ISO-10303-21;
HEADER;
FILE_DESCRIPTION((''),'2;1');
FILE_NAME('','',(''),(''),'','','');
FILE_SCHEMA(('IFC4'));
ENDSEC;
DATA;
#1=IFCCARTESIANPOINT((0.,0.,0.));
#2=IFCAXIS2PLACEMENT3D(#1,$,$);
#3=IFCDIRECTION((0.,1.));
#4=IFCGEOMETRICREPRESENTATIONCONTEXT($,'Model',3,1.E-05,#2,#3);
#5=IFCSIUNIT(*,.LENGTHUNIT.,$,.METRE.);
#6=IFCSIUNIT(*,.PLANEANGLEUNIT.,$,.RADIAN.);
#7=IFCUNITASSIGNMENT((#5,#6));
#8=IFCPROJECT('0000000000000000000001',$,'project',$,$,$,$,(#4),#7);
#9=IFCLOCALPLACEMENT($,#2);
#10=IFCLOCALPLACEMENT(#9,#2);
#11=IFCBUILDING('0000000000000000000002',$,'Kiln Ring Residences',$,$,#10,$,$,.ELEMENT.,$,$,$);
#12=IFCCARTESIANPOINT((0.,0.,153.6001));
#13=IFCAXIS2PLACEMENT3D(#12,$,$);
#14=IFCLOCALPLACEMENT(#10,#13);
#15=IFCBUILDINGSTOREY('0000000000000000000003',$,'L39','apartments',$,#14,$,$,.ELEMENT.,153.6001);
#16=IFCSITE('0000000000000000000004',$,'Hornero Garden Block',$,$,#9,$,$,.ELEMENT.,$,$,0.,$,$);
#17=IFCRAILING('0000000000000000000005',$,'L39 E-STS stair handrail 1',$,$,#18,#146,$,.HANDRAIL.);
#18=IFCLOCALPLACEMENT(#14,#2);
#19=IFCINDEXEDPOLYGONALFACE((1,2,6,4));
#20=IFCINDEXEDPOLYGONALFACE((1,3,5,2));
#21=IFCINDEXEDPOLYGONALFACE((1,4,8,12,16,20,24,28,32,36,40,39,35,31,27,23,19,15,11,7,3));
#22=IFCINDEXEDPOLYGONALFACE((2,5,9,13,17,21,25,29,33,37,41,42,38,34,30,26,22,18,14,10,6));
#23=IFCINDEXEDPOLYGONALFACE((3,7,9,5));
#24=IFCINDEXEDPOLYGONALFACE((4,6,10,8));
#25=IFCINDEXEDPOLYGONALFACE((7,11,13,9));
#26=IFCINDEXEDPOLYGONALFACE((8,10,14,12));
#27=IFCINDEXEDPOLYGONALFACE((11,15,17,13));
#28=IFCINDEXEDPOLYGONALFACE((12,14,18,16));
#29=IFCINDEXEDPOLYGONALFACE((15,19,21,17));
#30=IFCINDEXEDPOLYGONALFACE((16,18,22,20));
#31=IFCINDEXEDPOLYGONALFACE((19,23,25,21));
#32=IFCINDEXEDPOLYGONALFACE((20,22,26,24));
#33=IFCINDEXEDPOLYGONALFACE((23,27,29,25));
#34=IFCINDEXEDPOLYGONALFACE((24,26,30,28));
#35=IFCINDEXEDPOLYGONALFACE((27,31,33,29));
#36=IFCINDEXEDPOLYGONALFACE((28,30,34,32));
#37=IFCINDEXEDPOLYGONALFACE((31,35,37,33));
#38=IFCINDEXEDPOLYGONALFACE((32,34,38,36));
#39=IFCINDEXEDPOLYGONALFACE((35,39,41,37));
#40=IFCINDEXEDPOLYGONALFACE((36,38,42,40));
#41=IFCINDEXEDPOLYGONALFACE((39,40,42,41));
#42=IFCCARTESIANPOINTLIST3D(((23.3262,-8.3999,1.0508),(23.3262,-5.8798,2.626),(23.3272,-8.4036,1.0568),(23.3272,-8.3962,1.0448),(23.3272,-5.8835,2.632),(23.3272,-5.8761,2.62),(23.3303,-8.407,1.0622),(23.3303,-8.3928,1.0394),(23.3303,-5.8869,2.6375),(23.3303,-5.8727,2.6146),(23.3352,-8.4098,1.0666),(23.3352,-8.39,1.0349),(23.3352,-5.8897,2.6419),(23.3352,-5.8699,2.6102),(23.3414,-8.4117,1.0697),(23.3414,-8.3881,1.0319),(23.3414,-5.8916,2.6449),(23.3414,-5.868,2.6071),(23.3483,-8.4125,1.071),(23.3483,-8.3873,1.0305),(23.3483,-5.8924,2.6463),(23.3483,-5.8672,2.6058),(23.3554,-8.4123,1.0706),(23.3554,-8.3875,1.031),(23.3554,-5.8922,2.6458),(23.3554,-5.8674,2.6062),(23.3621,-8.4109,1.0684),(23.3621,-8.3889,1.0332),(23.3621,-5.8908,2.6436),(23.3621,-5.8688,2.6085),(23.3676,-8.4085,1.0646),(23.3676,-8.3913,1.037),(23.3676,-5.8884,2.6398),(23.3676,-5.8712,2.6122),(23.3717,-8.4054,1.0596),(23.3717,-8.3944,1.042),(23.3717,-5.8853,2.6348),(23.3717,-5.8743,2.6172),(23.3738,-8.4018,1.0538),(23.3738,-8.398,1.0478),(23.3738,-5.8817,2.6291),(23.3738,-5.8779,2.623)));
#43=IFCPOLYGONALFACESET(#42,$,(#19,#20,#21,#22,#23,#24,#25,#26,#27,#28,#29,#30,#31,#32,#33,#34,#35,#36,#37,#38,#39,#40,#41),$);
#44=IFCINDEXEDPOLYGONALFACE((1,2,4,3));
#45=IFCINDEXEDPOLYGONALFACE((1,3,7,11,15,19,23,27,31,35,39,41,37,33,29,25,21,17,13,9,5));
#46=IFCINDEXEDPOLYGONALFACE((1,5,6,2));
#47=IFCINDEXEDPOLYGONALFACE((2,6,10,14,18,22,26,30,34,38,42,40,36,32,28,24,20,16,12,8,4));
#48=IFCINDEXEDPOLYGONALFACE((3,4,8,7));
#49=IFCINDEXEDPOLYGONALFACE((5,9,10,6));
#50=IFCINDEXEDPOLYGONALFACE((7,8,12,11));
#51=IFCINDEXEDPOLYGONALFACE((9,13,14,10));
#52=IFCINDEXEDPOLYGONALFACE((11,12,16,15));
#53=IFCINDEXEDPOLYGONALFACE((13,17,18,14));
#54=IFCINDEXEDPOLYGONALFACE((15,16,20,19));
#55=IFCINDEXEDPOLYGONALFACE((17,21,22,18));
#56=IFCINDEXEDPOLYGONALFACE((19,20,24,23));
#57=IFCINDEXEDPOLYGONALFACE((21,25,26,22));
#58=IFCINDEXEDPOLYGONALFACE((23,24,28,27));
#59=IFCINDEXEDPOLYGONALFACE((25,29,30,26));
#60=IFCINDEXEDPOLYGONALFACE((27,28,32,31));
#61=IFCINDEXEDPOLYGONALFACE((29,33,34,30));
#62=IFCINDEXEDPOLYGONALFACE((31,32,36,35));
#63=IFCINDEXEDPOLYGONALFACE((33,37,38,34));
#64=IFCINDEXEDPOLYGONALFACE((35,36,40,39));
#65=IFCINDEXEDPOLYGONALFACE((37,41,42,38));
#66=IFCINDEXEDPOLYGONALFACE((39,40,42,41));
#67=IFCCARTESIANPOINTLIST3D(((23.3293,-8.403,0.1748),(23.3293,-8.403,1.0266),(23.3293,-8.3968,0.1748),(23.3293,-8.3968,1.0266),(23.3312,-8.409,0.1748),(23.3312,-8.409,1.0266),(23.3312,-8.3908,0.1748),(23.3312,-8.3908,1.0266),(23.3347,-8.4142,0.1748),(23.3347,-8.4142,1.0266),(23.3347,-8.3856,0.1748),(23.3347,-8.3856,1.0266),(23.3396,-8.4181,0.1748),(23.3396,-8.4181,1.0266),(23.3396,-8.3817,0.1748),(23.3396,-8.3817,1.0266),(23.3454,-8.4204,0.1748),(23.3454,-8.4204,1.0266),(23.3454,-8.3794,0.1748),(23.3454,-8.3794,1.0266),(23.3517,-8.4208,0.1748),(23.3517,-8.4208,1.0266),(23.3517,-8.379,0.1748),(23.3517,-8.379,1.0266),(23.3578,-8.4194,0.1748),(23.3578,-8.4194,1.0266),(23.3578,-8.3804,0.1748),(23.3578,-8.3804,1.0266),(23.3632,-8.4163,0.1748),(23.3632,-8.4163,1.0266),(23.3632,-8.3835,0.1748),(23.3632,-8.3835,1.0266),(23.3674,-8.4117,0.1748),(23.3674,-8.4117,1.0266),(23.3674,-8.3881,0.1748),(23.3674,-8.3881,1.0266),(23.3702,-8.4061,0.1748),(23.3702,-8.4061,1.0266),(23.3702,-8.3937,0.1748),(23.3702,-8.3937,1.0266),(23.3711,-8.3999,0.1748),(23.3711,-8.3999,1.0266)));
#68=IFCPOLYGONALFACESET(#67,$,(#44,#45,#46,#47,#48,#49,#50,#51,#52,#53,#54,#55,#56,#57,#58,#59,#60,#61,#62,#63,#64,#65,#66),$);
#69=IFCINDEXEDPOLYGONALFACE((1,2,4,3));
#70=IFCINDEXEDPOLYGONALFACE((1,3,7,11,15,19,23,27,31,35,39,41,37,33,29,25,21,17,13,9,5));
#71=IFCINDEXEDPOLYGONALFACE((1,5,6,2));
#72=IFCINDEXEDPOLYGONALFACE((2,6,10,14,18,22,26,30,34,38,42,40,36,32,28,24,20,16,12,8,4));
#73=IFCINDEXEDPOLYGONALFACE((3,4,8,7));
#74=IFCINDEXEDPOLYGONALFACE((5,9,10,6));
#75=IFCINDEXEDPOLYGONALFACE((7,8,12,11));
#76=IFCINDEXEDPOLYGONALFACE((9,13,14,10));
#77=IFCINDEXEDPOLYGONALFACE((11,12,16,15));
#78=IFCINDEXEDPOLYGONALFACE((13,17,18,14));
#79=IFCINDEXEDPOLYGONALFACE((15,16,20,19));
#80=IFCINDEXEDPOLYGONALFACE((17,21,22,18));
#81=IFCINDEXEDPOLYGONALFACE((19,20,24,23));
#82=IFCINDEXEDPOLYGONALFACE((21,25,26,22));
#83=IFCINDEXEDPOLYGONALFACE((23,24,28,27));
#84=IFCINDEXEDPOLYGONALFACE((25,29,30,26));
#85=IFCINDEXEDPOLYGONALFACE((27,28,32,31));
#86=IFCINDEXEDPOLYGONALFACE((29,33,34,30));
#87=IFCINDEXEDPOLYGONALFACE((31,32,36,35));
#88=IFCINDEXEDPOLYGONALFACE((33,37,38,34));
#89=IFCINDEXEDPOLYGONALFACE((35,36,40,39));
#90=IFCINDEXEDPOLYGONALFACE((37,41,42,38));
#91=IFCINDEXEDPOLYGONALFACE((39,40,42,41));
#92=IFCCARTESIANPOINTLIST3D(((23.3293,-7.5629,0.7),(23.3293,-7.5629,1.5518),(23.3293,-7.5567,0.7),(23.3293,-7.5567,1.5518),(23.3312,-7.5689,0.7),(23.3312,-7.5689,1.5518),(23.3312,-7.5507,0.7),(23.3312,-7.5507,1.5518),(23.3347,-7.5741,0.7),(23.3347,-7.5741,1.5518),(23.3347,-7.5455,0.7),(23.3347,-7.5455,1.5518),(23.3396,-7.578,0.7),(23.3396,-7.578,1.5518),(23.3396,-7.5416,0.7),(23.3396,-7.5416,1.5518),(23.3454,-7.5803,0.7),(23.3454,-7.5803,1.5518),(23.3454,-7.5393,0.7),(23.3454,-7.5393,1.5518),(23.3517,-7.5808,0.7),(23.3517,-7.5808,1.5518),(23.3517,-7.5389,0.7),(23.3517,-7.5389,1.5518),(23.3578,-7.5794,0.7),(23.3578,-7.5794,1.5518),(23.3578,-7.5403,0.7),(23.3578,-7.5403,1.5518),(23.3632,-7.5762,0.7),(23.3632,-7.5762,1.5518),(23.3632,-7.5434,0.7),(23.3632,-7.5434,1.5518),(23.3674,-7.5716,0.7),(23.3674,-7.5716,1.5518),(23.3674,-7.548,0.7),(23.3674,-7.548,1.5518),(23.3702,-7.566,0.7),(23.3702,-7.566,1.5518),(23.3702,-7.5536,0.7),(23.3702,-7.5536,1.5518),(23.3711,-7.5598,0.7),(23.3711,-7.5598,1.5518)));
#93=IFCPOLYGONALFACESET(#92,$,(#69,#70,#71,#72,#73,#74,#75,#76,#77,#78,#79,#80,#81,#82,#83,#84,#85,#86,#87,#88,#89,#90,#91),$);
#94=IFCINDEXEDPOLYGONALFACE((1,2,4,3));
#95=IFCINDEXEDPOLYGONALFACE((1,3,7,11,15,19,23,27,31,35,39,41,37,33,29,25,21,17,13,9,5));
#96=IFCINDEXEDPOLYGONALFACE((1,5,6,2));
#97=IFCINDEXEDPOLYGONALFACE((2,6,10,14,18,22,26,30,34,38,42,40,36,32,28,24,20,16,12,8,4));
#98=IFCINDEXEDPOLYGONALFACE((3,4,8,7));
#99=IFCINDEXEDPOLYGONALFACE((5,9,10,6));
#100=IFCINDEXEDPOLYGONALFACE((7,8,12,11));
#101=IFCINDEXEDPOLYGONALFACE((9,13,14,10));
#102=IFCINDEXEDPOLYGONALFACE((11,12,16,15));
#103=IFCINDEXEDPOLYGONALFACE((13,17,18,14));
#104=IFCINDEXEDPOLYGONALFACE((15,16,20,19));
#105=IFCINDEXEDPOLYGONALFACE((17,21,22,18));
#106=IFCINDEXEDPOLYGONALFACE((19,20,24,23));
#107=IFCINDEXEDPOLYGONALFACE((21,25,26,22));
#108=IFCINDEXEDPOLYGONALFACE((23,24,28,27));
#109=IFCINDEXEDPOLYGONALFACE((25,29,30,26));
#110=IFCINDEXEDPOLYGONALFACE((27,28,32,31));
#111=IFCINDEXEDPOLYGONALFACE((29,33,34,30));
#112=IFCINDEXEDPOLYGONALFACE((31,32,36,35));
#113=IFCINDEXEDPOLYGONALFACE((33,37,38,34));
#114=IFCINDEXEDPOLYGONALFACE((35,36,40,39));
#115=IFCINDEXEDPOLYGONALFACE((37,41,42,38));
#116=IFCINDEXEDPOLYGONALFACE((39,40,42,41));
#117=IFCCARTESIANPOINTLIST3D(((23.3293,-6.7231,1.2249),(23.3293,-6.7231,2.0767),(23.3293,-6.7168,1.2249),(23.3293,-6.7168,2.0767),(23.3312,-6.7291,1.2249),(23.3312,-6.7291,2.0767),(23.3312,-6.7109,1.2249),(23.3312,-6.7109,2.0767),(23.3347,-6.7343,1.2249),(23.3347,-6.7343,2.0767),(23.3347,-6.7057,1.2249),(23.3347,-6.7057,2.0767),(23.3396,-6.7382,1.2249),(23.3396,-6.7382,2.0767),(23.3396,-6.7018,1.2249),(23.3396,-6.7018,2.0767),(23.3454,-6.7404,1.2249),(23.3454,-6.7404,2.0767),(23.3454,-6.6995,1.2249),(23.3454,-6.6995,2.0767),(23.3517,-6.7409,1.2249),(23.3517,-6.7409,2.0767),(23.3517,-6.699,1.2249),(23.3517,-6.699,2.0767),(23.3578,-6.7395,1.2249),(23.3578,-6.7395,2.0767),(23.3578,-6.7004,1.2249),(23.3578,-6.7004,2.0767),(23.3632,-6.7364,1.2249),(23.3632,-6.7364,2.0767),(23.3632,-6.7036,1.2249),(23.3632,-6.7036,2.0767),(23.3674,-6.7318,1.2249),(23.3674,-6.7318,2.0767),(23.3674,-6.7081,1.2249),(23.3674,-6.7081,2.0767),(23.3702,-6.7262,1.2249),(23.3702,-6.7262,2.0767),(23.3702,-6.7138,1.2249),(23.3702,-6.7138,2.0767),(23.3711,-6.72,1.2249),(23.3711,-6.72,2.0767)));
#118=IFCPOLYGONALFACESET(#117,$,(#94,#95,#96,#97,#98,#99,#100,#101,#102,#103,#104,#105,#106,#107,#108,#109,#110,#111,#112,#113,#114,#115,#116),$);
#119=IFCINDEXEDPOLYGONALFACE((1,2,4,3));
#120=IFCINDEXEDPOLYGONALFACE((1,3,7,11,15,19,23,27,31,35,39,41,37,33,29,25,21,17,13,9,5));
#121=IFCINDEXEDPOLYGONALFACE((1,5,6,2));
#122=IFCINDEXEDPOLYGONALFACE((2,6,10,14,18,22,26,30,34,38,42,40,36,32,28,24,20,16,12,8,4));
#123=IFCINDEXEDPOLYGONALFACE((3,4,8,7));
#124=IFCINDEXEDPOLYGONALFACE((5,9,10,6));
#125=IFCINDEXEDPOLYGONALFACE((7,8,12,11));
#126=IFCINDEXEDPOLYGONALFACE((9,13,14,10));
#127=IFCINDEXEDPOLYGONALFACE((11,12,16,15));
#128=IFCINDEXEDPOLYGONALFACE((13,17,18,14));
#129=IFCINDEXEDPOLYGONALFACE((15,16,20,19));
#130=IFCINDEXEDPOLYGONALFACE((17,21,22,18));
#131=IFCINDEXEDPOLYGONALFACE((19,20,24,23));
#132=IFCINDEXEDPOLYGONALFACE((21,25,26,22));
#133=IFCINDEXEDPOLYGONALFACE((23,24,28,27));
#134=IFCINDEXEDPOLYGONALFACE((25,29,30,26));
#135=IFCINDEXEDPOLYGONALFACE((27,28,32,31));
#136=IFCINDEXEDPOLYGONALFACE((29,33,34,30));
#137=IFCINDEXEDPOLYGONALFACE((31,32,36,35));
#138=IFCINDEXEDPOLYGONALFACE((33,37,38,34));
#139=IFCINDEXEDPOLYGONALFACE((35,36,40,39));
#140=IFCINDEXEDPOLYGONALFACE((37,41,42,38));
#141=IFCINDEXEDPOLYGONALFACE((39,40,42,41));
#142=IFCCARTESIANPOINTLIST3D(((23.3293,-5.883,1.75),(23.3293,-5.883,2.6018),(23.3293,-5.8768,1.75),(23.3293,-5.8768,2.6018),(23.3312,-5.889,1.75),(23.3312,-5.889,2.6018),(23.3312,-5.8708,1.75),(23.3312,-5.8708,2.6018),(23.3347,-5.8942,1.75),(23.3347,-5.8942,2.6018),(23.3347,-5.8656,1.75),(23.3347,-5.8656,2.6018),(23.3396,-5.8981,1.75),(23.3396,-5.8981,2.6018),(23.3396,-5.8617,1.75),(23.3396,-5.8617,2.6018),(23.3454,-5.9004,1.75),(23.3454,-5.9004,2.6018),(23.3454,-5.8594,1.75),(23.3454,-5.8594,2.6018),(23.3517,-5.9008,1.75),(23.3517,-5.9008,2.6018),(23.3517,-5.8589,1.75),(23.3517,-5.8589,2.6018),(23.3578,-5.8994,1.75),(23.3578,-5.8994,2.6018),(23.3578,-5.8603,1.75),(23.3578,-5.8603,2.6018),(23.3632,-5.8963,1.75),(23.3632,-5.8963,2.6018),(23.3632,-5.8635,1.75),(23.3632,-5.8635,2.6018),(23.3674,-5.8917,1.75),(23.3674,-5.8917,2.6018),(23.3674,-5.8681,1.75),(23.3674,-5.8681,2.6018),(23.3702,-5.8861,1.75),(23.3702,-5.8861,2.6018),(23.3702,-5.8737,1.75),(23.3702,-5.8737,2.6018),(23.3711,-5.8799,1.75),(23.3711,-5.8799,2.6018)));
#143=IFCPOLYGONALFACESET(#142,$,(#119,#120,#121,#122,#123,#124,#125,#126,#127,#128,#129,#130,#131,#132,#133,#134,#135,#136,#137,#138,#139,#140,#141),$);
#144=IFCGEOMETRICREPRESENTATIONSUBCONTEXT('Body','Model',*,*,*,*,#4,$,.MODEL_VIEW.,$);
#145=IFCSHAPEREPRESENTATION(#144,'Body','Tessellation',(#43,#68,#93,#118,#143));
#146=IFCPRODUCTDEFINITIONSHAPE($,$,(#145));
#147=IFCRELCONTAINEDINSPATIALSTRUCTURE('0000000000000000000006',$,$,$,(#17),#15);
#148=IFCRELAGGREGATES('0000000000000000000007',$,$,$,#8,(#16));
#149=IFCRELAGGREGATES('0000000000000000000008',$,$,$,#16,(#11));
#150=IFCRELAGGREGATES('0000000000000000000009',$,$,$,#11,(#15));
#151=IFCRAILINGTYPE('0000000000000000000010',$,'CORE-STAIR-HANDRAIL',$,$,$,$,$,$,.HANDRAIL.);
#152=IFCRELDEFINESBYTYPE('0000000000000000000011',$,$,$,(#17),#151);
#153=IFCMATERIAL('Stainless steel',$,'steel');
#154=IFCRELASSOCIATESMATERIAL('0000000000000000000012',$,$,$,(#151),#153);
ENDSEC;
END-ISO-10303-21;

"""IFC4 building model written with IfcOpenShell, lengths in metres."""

from ifc_helpers import new_model, si_unit, direction, frame, origin, origin_2d, place, context, subcontext, project, spatial, circle, extrude, material, type_object, element, save


model = new_model("IFC4")

# Units and contexts
model_context = context("Model", 3, precision=1e-05, world=origin(), true_north=direction((0.0, 1.0)))
body_context = subcontext(model_context, "Body", "Model", "MODEL_VIEW")
ifc_project = project(units=[si_unit("LENGTHUNIT", "METRE"), si_unit("PLANEANGLEUNIT", "RADIAN")], contexts=[model_context])

# Site, building, storey
site_placement = place(None, origin())
site = spatial("IfcSite", under=ifc_project, at=site_placement, Name="Hornero Garden Block", CompositionType="ELEMENT", RefElevation=0.0)
building_placement = place(site_placement, origin())
building = spatial("IfcBuilding", under=site, at=building_placement, Name="Kiln Ring Residences", CompositionType="ELEMENT")
storey_placement = place(building_placement, frame((0.0, 0.0, 153.6001)))
storey = spatial("IfcBuildingStorey", under=building, at=storey_placement, Name="L39", Description="apartments", CompositionType="ELEMENT", Elevation=153.6001)

# Railing
ifc_material_1 = material(Name="Stainless steel", Category="steel")
railing_type_1 = type_object("IfcRailingType", Name="CORE-STAIR-HANDRAIL", PredefinedType="HANDRAIL", material=ifc_material_1)
railing_1_placement = place(storey_placement, frame((23.3501, -8.3999, 0.1748)))
element("IfcRailing", 1, at=railing_1_placement, inside=storey, type_object=railing_type_1, Name="L39 E-STS stair handrail 1", PredefinedType="HANDRAIL", context=body_context, shape_type="SweptSolid", body=[
    extrude(circle(Radius=0.0239, at=origin_2d()), frame((0.0, 0.0, 0.876), z_axis=(0.0, 0.847971, 0.530043), x_axis=(-1.0, 0.0, 0.0)), (0.0, 0.0, 1.0), 2.9719),
    extrude(circle(Radius=0.021, at=origin_2d()), origin(), (0.0, 0.0, 1.0), 0.8518),
    extrude(circle(Radius=0.021, at=origin_2d()), frame((0.0, 0.8401, 0.5251)), (0.0, 0.0, 1.0), 0.8518),
    extrude(circle(Radius=0.021, at=origin_2d()), frame((0.0, 1.6799, 1.05)), (0.0, 0.0, 1.0), 0.8518),
    extrude(circle(Radius=0.021, at=origin_2d()), frame((0.0, 2.52, 1.5752)), (0.0, 0.0, 1.0), 0.8518),
])

save(model, "model.ifc")
